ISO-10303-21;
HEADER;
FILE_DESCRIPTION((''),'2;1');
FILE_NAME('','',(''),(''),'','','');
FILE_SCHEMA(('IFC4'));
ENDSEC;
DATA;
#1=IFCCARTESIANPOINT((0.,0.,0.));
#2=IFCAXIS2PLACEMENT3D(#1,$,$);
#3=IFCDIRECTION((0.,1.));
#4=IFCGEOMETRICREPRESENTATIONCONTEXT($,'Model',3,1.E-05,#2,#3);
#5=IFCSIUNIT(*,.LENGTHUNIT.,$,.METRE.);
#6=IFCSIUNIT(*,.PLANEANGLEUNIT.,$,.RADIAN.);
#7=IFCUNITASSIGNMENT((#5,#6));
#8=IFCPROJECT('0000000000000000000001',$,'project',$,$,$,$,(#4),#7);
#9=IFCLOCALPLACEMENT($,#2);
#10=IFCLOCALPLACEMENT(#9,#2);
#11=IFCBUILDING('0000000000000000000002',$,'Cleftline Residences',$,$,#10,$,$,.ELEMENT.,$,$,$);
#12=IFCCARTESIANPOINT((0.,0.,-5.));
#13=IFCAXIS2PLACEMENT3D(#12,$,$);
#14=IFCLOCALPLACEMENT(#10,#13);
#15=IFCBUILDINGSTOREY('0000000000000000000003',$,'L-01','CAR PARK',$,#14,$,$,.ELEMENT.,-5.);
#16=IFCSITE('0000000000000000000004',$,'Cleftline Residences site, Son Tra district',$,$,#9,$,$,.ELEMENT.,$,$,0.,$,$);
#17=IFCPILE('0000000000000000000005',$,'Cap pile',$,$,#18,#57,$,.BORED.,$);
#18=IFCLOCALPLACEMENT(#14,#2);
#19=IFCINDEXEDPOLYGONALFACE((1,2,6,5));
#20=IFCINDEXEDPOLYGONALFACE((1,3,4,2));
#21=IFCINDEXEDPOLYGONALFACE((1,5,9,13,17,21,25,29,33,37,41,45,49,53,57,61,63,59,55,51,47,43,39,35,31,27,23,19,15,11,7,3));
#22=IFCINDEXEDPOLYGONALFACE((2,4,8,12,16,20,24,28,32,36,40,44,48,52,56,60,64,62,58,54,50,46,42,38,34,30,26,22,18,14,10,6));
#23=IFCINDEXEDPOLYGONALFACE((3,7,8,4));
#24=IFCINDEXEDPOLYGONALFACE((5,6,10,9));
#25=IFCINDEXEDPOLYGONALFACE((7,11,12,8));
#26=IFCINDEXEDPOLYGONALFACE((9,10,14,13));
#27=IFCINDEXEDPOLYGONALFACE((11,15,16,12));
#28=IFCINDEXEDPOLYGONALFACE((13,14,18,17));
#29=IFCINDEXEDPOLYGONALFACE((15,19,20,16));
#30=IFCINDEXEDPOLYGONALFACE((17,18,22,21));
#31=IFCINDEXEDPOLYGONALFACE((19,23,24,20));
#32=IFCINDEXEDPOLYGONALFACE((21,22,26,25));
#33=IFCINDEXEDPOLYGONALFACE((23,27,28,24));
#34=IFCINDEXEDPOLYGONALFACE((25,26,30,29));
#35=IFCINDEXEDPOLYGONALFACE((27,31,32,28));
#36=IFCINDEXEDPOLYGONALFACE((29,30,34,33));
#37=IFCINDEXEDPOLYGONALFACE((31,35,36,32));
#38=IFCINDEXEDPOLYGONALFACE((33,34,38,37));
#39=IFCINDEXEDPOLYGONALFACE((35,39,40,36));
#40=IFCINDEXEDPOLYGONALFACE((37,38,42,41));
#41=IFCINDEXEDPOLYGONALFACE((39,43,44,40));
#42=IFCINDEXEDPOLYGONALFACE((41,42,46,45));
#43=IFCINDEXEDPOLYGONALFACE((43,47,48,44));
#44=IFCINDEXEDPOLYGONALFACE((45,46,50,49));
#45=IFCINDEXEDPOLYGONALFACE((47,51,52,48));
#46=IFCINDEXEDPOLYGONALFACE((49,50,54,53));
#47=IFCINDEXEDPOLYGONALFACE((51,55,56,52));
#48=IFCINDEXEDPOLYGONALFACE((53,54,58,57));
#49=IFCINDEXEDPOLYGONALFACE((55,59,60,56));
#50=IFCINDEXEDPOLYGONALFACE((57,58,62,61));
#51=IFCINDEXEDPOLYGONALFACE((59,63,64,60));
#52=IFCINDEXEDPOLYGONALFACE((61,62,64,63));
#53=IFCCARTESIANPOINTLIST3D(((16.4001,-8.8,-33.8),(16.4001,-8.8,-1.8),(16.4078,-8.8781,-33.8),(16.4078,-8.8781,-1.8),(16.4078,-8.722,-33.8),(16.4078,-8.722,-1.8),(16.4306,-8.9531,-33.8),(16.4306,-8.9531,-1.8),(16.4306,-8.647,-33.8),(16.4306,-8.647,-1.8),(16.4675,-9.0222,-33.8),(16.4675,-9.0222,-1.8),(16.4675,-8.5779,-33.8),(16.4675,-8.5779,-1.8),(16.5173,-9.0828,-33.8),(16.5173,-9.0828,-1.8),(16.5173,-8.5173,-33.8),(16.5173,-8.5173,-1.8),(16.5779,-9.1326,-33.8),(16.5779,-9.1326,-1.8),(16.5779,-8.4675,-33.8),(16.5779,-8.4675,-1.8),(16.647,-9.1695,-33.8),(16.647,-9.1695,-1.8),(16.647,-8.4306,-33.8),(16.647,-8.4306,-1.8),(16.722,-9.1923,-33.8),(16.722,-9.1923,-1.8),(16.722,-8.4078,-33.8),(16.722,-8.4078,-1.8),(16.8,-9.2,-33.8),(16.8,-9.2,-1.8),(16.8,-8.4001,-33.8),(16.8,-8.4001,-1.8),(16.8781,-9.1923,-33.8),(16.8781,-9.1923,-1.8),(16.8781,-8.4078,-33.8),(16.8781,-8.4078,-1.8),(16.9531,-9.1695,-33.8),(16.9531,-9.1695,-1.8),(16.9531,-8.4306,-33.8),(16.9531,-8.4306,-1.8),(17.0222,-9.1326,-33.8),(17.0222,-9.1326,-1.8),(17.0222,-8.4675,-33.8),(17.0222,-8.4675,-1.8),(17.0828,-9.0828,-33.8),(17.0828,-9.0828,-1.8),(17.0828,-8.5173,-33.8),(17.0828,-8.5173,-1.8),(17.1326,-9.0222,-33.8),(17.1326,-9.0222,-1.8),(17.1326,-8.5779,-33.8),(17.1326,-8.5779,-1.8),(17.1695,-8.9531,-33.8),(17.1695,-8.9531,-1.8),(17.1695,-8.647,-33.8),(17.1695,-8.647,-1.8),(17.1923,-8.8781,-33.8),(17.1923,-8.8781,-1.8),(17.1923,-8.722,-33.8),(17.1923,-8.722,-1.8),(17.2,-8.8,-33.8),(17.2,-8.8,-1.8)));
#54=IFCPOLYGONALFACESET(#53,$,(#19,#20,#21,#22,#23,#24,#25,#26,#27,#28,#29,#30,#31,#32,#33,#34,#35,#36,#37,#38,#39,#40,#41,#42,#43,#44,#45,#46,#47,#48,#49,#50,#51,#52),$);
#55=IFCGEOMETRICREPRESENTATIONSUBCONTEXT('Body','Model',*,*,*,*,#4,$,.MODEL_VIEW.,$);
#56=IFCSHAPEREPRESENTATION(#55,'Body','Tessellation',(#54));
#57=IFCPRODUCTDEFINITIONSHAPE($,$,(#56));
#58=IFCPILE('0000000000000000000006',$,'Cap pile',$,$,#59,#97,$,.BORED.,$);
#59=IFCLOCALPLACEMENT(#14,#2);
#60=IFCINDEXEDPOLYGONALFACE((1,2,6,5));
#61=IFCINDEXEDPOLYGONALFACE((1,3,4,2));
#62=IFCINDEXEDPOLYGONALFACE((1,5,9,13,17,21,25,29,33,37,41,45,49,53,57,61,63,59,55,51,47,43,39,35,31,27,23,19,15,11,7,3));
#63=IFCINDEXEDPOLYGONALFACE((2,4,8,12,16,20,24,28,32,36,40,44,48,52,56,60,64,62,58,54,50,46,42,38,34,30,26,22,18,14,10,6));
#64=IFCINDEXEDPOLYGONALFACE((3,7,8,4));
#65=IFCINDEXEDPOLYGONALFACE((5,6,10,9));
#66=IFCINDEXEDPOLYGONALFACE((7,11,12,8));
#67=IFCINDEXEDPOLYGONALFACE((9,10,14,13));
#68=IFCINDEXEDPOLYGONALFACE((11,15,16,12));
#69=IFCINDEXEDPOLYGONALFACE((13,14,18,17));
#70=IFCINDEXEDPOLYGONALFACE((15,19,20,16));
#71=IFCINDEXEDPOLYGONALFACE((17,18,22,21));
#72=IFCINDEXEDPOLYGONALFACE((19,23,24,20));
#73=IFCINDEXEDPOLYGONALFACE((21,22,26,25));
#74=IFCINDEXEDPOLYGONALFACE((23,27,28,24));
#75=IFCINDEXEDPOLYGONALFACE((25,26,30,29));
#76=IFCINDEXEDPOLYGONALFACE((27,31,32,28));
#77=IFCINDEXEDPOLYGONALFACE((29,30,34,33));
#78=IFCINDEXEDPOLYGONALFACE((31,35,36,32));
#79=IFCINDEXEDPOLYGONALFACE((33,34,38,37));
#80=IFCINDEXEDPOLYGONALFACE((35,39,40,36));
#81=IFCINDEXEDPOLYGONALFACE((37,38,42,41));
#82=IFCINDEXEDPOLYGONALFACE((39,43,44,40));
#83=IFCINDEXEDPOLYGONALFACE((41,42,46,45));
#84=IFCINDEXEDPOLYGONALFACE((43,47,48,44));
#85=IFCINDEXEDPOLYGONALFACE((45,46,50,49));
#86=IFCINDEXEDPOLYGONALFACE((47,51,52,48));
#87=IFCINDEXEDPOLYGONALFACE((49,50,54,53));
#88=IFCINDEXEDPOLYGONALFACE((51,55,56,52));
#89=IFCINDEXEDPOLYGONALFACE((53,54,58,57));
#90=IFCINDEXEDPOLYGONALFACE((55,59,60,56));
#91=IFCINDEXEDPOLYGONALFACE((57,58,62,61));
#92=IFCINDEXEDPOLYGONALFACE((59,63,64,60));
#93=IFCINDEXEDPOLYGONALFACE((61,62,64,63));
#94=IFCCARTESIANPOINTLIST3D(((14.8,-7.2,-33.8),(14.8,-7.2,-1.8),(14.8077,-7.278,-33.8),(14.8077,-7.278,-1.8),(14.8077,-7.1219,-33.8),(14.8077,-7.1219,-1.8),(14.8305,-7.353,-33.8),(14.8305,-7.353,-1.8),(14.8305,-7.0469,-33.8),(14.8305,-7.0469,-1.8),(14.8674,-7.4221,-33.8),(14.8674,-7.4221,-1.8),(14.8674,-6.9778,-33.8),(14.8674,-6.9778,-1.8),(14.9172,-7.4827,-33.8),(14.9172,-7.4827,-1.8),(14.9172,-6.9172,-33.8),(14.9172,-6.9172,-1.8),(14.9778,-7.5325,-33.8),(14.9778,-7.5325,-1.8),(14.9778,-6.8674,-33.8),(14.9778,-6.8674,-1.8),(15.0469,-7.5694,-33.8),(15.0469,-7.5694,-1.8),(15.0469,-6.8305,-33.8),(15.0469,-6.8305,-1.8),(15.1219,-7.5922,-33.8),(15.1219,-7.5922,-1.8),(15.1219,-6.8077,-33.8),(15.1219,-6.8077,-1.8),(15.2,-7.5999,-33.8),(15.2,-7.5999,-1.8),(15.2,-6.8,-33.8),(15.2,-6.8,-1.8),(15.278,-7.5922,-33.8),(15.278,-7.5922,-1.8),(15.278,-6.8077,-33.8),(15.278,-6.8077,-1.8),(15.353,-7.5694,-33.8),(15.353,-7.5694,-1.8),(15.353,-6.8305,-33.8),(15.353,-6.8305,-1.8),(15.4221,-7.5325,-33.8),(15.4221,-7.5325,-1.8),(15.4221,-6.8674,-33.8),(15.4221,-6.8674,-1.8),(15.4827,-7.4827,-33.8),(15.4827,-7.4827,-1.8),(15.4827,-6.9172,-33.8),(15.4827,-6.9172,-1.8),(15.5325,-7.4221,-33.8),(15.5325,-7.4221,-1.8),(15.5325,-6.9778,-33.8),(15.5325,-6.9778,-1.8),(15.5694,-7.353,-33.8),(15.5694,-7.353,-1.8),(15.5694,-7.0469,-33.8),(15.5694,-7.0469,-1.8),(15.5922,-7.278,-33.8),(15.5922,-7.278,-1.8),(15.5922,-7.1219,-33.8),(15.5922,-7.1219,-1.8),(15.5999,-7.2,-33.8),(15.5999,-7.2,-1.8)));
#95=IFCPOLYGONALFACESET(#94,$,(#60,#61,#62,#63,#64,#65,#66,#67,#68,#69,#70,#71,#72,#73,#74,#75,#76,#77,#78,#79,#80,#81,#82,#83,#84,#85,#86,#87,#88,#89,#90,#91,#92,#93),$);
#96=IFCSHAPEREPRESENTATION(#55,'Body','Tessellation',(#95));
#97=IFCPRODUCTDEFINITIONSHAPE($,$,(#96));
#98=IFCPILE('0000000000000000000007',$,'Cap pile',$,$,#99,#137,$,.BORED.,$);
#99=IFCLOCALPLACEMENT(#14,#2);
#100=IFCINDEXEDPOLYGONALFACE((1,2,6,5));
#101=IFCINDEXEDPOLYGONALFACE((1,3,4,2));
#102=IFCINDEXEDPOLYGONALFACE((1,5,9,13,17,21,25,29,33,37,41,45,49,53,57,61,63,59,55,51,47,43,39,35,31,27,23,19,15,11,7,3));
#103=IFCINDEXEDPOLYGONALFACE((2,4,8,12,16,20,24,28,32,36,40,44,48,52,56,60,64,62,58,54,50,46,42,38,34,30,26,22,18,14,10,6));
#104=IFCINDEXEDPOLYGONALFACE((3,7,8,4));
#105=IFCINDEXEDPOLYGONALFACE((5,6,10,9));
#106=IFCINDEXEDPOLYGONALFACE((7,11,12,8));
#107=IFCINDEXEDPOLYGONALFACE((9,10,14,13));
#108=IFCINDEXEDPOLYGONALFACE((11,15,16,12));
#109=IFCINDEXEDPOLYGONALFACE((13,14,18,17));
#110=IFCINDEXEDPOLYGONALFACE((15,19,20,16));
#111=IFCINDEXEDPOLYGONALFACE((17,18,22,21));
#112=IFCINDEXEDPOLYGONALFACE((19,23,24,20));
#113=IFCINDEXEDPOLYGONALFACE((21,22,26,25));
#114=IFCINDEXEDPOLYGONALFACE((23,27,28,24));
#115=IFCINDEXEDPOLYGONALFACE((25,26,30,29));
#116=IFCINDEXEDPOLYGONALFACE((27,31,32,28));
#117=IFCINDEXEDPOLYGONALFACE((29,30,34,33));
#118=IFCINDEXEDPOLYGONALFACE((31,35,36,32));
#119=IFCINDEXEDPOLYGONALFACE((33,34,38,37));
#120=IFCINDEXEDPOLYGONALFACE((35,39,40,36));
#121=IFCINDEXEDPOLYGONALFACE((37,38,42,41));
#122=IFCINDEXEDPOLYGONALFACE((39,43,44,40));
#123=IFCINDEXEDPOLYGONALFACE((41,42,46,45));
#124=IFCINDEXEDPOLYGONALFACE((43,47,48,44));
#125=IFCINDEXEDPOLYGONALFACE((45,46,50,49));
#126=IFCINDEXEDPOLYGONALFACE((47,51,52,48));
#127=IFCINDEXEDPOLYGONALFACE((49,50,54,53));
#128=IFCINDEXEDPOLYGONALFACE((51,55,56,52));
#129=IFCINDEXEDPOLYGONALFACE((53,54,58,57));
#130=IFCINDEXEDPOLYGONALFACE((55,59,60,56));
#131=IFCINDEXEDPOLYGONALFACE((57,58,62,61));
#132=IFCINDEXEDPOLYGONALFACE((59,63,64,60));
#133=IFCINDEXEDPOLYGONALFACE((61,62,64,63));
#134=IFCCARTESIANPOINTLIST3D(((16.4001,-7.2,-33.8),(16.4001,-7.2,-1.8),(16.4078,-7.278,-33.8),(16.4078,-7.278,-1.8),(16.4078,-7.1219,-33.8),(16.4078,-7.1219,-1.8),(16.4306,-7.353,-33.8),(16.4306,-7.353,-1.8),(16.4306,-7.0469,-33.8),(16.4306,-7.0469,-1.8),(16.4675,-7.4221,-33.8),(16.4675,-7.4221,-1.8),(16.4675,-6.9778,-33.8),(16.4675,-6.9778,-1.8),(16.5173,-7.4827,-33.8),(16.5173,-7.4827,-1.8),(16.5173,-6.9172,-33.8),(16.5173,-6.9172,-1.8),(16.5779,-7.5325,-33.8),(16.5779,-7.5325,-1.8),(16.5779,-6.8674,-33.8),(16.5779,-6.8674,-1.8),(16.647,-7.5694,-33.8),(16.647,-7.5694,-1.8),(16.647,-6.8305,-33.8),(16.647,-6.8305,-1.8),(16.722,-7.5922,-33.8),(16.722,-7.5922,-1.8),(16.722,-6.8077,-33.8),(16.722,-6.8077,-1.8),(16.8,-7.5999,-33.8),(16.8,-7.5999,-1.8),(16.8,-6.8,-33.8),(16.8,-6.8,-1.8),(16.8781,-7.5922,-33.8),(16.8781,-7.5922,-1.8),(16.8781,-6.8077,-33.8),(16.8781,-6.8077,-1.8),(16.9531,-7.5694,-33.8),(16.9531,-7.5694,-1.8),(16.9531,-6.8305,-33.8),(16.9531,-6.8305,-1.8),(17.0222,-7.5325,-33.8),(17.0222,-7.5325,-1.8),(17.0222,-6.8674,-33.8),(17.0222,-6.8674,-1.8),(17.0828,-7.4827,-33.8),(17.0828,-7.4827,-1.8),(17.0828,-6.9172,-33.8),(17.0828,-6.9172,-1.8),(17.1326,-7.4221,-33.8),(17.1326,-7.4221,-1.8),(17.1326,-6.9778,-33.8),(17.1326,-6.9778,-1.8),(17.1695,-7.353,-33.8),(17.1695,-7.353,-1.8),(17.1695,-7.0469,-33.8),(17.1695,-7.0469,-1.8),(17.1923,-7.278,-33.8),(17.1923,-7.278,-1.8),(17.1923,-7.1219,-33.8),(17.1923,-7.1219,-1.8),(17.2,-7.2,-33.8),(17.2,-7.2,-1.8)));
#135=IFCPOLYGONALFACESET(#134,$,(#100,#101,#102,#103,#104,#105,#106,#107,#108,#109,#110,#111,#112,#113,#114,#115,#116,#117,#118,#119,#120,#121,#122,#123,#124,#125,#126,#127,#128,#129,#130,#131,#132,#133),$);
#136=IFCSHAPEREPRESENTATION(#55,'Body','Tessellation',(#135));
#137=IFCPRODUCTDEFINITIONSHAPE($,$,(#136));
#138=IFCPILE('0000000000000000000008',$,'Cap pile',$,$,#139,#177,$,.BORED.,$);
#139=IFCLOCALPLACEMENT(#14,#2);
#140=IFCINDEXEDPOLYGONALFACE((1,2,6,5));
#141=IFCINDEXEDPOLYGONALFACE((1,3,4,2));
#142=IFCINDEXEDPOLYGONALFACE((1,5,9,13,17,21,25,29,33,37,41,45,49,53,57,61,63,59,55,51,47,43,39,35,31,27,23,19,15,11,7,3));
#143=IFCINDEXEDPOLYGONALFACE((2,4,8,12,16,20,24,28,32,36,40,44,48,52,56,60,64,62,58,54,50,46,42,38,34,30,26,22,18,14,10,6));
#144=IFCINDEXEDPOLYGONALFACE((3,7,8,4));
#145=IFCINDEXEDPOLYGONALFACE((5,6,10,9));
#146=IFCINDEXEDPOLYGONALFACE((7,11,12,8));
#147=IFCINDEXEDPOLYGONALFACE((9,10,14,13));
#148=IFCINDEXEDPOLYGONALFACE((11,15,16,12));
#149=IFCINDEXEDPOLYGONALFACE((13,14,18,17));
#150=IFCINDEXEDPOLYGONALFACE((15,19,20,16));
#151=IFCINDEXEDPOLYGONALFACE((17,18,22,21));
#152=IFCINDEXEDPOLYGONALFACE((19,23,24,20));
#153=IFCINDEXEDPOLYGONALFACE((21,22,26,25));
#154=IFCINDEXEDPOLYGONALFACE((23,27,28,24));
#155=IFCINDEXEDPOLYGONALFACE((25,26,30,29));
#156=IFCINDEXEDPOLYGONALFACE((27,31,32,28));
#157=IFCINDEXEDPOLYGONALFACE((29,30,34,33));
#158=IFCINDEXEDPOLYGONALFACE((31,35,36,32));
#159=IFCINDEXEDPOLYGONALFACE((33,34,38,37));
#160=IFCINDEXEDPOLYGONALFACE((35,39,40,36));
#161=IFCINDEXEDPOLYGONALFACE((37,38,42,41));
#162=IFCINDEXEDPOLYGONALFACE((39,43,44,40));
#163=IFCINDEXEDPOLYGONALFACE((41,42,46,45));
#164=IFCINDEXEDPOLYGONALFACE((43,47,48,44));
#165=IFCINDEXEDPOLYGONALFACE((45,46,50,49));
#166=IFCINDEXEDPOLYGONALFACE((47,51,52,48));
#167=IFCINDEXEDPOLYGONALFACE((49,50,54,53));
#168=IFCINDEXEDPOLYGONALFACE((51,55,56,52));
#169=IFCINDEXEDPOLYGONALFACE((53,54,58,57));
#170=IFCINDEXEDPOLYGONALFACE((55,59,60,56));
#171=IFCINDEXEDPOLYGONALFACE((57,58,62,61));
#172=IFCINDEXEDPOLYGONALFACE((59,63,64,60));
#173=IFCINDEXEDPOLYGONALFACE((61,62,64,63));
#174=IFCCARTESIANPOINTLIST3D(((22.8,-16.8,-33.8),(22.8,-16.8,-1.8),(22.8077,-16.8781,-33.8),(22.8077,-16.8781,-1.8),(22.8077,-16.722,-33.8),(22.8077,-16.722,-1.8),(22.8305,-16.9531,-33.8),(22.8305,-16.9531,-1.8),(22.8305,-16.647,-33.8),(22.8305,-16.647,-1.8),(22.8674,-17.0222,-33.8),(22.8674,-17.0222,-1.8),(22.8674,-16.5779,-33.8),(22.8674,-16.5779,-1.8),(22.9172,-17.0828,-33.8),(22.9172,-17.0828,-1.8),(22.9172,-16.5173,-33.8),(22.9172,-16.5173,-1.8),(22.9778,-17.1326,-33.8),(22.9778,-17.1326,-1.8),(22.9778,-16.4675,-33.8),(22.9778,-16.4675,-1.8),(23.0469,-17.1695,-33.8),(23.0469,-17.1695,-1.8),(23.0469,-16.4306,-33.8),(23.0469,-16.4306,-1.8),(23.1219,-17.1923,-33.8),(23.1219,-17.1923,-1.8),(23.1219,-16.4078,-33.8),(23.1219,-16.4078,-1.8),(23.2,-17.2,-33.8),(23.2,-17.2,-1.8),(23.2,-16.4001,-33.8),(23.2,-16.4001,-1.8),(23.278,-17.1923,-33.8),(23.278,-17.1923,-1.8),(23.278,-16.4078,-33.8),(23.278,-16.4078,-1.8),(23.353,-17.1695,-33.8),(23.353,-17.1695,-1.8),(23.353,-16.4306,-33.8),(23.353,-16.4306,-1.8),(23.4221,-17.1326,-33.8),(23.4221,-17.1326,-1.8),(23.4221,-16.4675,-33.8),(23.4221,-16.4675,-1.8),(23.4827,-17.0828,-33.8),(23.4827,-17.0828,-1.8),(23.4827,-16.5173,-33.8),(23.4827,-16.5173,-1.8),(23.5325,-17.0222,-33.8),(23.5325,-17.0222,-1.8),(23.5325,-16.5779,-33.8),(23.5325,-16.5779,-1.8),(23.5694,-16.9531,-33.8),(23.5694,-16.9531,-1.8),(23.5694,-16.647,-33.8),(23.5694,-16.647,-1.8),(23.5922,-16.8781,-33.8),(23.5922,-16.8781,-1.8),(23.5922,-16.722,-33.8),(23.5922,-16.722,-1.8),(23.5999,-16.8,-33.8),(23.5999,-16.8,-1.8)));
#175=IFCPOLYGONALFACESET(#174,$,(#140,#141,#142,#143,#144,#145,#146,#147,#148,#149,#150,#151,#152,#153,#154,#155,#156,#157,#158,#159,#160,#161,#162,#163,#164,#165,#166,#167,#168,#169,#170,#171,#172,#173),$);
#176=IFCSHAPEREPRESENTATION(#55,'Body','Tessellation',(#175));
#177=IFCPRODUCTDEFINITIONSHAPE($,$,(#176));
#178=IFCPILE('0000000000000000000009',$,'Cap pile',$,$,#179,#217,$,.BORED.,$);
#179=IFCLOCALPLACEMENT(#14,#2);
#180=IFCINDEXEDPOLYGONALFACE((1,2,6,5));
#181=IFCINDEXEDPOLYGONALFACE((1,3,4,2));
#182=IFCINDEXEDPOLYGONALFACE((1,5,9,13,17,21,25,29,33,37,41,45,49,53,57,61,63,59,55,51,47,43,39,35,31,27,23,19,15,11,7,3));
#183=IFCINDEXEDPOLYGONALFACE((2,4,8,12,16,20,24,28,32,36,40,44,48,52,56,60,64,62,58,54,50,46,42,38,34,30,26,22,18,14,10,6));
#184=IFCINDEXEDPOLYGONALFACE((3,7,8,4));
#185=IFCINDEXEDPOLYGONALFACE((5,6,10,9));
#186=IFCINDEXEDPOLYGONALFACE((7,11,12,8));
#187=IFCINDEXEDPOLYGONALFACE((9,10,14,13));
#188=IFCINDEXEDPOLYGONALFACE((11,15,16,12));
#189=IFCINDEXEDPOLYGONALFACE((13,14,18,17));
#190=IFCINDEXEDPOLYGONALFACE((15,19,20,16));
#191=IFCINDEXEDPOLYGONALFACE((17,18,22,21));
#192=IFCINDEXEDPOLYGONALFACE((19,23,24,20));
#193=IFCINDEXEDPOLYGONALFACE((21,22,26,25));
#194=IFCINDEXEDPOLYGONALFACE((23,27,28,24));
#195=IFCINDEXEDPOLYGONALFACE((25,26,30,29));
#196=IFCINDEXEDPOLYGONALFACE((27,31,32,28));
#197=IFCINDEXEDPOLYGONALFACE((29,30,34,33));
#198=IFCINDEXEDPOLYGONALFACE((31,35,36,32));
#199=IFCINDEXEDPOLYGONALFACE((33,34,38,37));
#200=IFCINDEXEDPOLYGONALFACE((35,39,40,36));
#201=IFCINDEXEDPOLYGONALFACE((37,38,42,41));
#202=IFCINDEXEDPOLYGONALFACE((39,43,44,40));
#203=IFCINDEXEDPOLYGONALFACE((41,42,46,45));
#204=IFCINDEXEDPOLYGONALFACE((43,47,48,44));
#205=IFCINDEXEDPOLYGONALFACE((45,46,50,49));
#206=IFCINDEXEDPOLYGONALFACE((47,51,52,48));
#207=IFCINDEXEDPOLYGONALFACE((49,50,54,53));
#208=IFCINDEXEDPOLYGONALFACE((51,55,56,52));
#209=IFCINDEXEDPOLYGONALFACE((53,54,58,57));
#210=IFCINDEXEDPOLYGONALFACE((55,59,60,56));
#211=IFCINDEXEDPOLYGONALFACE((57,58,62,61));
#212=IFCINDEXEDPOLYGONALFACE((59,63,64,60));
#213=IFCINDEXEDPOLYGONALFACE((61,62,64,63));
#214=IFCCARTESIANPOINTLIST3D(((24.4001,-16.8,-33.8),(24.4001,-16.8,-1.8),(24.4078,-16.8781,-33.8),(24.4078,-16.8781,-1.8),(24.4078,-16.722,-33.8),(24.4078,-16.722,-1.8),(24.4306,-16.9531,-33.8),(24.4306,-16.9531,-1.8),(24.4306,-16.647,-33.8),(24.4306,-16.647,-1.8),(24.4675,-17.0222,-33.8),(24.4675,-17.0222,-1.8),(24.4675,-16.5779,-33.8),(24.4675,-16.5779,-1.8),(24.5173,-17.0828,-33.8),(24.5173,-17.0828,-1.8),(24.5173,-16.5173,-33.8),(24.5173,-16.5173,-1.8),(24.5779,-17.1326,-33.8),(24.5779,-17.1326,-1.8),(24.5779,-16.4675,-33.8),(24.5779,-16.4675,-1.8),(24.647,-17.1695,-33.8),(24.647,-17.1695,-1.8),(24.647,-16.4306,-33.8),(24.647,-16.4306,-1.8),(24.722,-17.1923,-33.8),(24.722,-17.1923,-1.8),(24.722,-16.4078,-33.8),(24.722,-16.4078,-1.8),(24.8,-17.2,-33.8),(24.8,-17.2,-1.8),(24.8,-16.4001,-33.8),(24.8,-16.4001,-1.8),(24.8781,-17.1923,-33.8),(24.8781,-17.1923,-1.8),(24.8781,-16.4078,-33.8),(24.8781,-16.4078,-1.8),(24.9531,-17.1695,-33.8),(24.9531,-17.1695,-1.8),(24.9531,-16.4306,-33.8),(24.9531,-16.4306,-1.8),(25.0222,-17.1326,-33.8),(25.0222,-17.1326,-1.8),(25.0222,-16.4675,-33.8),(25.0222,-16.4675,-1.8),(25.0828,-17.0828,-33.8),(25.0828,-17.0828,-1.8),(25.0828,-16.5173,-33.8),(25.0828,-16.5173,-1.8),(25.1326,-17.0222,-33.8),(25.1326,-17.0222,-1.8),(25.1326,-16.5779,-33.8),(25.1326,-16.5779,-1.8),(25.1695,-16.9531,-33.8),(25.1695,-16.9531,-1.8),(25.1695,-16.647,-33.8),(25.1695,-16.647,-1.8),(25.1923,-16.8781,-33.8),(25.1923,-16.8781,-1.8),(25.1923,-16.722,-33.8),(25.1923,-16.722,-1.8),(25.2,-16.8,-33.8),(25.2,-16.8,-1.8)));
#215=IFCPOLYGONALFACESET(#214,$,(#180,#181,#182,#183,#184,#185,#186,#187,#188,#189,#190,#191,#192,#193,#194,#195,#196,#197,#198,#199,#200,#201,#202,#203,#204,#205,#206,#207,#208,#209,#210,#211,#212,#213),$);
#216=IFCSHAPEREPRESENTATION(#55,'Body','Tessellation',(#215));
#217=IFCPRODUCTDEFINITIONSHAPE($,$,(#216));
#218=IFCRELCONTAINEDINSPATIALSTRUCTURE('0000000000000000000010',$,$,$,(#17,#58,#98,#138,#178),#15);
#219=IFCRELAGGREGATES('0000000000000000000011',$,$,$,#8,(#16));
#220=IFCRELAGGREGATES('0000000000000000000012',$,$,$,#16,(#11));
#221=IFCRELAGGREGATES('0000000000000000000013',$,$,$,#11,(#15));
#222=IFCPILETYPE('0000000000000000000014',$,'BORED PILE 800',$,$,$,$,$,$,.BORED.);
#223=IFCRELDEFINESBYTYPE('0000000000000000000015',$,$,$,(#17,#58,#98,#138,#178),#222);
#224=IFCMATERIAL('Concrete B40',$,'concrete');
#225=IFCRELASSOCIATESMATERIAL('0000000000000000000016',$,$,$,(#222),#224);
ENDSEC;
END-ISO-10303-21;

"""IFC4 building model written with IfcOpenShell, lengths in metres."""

from ifc_helpers import new_model, si_unit, direction, frame, origin, origin_2d, place, context, subcontext, project, spatial, circle, extrude, material, material_profile, profile_set, type_object, element, save


model = new_model("IFC4")

# Units and contexts
model_context = context("Model", 3, precision=1e-05, world=origin(), true_north=direction((0.0, 1.0)))
body_context = subcontext(model_context, "Body", "Model", "MODEL_VIEW")
ifc_project = project(units=[si_unit("LENGTHUNIT", "METRE"), si_unit("PLANEANGLEUNIT", "RADIAN")], contexts=[model_context])

# Site, building, storey
site_placement = place(None, origin())
site = spatial("IfcSite", under=ifc_project, at=site_placement, Name="Cleftline Residences site, Son Tra district", CompositionType="ELEMENT", RefElevation=0.0)
building_placement = place(site_placement, origin())
building = spatial("IfcBuilding", under=site, at=building_placement, Name="Cleftline Residences", CompositionType="ELEMENT")
storey_placement = place(building_placement, frame((0.0, 0.0, -5.0)))
storey = spatial("IfcBuildingStorey", under=building, at=storey_placement, Name="L-01", Description="CAR PARK", CompositionType="ELEMENT", Elevation=-5.0)

# Piles
ifc_material_1 = material(Name="Concrete B40", Category="concrete")
ifc_material_profile_1 = material_profile(ifc_material_1, circle(Radius=0.3999, at=origin_2d()))
ifc_profile_set_1 = profile_set([ifc_material_profile_1], Name="Concrete B40")
pile_type_1 = type_object("IfcPileType", Name="BORED PILE 800", PredefinedType="BORED", material=ifc_profile_set_1)
for number, where, z_axis, x_axis, name in (
    (1, (16.8, -8.8, -1.8), (0.0, 0.0, -1.0), (1.0, 0.0, 0.0), "Cap pile"),
    (2, (15.2, -7.2, -1.8), (0.0, 0.0, -1.0), (1.0, 0.0, 0.0), "Cap pile"),
    (3, (16.8, -7.2, -1.8), (0.0, 0.0, -1.0), (1.0, 0.0, 0.0), "Cap pile"),
    (4, (23.2, -16.8, -1.8), (0.0, 0.0, -1.0), (1.0, 0.0, 0.0), "Cap pile"),
    (5, (24.8, -16.8, -1.8), (0.0, 0.0, -1.0), (1.0, 0.0, 0.0), "Cap pile"),
):
    element("IfcPile", number, at=place(storey_placement, frame(where, z_axis=z_axis, x_axis=x_axis)), inside=storey, type_object=pile_type_1, Name=name, PredefinedType="BORED", context=body_context, shape_type="SweptSolid", body=[
        extrude(circle(Radius=0.3999, at=origin_2d()), origin(), (0.0, 0.0, 1.0), 32.0),
    ])

save(model, "model.ifc")
